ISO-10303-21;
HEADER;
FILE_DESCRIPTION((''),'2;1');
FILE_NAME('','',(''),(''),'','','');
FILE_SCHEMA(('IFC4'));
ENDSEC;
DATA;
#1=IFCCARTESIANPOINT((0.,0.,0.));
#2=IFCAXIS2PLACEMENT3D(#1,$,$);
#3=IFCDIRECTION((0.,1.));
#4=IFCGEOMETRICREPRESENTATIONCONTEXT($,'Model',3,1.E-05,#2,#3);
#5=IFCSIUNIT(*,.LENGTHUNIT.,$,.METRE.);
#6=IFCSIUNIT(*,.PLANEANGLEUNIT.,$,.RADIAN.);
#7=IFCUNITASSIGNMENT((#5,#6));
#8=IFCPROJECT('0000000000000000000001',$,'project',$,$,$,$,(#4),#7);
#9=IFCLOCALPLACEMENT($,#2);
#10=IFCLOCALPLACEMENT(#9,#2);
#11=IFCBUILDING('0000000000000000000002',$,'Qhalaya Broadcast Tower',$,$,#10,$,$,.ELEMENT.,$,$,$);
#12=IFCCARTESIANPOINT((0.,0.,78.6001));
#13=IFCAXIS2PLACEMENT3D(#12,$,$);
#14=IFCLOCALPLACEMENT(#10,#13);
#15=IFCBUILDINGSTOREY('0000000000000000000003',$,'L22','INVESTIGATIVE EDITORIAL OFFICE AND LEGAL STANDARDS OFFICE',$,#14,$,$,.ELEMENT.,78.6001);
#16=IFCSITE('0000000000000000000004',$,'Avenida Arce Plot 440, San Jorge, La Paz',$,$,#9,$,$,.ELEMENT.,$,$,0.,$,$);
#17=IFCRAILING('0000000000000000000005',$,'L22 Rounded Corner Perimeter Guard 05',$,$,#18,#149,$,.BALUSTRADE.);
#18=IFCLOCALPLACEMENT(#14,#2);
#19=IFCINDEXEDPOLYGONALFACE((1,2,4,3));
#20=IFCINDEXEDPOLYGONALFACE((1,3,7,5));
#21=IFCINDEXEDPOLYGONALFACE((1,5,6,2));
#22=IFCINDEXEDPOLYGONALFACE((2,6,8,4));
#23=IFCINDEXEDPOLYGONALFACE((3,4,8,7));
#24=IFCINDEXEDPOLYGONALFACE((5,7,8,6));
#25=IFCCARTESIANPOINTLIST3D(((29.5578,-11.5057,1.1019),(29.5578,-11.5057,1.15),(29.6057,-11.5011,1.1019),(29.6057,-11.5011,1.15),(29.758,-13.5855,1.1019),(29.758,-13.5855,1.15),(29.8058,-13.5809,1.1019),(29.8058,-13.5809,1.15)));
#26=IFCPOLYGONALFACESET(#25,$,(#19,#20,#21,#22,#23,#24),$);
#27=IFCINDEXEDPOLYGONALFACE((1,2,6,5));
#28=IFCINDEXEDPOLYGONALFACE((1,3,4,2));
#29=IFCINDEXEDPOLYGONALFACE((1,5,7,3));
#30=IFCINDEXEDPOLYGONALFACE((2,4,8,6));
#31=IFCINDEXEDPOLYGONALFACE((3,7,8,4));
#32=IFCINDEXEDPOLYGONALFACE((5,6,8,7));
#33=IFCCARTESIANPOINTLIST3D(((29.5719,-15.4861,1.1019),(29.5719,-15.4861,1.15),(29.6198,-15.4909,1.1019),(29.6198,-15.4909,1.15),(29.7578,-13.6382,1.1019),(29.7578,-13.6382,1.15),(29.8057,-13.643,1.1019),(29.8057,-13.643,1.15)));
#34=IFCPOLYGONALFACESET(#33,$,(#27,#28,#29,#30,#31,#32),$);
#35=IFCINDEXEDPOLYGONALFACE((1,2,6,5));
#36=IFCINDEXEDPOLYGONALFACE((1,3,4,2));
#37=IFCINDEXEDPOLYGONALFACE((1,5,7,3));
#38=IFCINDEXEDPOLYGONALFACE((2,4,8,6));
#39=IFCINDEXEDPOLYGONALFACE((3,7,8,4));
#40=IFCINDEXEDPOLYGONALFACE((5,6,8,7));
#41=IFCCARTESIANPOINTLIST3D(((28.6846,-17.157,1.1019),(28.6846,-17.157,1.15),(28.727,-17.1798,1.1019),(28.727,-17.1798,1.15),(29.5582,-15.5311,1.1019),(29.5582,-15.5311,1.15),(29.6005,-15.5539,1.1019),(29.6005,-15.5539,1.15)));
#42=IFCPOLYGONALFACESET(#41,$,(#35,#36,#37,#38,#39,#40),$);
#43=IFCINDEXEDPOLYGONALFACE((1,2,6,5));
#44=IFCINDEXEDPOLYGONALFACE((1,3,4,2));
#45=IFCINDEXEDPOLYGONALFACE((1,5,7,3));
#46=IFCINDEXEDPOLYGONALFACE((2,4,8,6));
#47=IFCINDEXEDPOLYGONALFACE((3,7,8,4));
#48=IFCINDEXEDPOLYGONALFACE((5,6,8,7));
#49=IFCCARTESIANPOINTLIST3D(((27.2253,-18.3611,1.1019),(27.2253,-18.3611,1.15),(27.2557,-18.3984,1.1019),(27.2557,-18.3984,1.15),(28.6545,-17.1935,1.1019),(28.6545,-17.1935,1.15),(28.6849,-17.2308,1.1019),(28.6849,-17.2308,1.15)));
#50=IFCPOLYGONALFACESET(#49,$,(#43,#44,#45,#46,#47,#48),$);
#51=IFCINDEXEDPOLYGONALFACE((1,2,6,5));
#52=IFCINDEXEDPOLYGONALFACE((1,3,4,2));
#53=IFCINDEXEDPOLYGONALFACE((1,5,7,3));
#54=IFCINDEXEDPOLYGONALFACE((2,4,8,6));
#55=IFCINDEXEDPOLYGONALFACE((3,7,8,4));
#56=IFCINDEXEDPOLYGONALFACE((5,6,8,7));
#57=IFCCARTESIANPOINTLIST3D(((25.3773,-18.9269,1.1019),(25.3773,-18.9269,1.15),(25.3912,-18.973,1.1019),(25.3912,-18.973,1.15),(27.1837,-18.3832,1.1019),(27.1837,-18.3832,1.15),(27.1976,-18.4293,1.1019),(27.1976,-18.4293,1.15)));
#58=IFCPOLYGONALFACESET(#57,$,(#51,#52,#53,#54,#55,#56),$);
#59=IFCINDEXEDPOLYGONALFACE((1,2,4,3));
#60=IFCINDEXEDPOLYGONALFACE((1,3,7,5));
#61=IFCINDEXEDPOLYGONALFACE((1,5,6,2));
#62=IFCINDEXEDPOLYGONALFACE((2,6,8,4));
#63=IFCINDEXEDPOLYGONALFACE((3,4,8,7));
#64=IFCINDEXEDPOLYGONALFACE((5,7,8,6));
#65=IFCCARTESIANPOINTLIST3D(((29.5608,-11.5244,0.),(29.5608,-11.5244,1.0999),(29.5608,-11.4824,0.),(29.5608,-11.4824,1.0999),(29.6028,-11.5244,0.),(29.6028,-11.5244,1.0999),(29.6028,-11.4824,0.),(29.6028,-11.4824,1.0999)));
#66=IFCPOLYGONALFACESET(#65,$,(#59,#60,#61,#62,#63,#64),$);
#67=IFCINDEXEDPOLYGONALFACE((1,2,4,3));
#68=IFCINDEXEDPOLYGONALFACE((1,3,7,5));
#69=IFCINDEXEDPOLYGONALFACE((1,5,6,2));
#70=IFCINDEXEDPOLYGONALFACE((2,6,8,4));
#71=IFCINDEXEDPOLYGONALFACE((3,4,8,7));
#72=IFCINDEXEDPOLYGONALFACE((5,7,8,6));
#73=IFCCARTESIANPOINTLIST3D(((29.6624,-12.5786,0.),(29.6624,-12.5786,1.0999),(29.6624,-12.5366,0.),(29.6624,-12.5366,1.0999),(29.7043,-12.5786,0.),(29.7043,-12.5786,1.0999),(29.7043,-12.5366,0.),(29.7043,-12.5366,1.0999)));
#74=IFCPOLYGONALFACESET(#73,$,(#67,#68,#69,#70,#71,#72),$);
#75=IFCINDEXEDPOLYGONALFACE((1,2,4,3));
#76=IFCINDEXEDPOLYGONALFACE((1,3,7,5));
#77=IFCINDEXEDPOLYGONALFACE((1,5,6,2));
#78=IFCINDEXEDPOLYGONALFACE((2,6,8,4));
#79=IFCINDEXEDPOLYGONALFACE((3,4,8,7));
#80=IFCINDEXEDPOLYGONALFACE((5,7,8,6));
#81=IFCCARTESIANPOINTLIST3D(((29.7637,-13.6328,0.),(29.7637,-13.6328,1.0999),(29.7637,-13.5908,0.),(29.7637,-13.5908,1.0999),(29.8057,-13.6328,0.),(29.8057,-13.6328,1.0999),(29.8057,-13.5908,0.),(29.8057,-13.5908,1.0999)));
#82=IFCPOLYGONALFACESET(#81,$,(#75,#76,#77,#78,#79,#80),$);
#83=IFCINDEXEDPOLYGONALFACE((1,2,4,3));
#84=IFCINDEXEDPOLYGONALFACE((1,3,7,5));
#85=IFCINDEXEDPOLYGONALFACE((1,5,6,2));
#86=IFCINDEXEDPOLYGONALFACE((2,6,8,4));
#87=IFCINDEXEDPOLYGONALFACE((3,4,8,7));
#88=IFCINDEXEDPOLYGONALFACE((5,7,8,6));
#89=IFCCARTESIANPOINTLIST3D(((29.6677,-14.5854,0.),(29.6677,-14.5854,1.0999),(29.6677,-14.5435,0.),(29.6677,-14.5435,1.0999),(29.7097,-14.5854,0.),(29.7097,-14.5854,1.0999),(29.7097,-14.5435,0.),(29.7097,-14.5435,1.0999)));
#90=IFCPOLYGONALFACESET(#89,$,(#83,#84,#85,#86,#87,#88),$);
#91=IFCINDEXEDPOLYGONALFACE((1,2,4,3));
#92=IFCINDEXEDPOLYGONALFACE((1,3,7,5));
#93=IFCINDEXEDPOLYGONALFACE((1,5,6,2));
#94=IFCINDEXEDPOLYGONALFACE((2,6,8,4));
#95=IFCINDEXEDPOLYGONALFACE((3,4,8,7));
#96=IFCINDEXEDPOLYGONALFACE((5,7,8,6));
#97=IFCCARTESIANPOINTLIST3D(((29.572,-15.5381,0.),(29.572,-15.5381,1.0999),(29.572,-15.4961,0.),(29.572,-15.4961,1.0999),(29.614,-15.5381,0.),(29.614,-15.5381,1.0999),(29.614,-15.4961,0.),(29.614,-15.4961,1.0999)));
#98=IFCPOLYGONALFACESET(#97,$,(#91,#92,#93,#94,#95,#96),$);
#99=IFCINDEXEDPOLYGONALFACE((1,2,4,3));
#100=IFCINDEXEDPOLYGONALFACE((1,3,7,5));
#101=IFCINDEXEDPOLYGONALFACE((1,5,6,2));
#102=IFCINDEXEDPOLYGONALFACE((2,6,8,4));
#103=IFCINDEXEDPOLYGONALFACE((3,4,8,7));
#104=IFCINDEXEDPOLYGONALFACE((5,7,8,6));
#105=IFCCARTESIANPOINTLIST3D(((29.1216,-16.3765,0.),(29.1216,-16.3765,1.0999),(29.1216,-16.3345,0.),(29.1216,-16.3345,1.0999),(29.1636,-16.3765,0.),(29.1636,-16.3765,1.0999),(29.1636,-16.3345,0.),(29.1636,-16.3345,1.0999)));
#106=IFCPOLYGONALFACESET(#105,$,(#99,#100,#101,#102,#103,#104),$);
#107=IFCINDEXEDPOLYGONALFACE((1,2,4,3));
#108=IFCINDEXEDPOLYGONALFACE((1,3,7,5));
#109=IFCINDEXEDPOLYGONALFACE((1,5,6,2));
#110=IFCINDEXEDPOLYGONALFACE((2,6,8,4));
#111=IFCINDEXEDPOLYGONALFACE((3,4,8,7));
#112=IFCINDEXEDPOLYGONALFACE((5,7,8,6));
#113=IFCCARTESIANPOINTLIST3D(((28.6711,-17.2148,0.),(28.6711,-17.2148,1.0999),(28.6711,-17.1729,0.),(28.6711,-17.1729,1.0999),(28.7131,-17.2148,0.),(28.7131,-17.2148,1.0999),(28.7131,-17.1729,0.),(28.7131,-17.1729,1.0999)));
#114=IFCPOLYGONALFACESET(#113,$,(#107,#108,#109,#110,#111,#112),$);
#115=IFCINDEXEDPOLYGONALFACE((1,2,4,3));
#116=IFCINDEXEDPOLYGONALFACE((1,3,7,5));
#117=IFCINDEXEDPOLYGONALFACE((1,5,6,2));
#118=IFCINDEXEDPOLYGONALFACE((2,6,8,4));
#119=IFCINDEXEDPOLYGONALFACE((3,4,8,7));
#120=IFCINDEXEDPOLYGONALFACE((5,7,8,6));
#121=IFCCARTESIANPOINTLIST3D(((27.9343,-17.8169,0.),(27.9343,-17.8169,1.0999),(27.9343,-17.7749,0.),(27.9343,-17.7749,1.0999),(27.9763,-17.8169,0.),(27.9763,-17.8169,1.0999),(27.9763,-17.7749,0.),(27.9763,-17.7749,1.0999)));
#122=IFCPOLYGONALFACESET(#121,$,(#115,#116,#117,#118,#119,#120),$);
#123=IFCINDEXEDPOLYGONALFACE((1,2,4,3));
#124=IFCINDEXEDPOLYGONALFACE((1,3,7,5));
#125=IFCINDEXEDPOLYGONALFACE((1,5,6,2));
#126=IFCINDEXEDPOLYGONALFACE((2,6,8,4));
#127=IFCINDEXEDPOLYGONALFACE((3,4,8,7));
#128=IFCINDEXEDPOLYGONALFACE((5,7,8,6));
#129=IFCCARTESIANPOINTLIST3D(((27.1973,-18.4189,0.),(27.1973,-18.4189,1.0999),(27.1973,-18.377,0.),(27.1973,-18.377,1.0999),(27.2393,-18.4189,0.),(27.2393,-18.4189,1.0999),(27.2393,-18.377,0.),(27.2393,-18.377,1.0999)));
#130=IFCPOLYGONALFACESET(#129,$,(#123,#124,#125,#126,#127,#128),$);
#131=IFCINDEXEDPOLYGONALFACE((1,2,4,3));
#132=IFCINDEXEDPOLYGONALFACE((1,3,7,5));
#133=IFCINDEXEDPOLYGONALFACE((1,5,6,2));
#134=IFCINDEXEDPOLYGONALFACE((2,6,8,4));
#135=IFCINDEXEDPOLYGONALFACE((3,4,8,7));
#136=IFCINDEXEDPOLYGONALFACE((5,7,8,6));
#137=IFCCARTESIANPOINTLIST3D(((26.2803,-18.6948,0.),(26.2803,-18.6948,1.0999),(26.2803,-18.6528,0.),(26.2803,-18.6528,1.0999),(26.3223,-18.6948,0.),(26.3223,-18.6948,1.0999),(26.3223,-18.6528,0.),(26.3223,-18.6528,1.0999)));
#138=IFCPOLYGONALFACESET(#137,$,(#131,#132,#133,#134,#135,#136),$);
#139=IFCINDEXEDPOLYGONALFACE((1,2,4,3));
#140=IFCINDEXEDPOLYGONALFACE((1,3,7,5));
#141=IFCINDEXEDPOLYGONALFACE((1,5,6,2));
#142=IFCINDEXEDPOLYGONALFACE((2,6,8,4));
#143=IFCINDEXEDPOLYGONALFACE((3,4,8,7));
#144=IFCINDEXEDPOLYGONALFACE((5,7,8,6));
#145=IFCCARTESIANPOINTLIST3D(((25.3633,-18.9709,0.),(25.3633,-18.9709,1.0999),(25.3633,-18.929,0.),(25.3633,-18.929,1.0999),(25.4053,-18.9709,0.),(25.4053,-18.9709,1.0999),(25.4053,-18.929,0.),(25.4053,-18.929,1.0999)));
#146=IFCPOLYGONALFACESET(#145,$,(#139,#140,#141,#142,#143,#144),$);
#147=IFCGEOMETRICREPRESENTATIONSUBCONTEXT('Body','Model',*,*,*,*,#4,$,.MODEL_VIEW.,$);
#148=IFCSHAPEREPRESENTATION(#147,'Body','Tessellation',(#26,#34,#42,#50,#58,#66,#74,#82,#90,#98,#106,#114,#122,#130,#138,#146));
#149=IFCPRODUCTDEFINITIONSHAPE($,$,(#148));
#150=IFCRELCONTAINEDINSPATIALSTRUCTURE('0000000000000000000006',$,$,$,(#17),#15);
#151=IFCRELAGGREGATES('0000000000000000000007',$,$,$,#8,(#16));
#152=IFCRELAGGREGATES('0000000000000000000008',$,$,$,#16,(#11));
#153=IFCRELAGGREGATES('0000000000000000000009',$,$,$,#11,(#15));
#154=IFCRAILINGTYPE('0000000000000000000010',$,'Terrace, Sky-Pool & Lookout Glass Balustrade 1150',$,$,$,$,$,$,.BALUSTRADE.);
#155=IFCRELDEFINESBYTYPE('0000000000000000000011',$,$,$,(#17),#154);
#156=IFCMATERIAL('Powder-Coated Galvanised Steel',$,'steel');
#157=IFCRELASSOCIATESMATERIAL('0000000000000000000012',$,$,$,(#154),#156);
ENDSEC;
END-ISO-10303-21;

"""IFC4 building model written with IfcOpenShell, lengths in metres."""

from ifc_helpers import new_model, si_unit, direction, frame, origin, origin_2d, place, context, subcontext, project, spatial, rectangle, extrude, material, type_object, element, save


model = new_model("IFC4")

# Units and contexts
model_context = context("Model", 3, precision=1e-05, world=origin(), true_north=direction((0.0, 1.0)))
body_context = subcontext(model_context, "Body", "Model", "MODEL_VIEW")
ifc_project = project(units=[si_unit("LENGTHUNIT", "METRE"), si_unit("PLANEANGLEUNIT", "RADIAN")], contexts=[model_context])

# Site, building, storey
site_placement = place(None, origin())
site = spatial("IfcSite", under=ifc_project, at=site_placement, Name="Avenida Arce Plot 440, San Jorge, La Paz", CompositionType="ELEMENT", RefElevation=0.0)
building_placement = place(site_placement, origin())
building = spatial("IfcBuilding", under=site, at=building_placement, Name="Qhalaya Broadcast Tower", CompositionType="ELEMENT")
storey_placement = place(building_placement, frame((0.0, 0.0, 78.6001)))
storey = spatial("IfcBuildingStorey", under=building, at=storey_placement, Name="L22", Description="INVESTIGATIVE EDITORIAL OFFICE AND LEGAL STANDARDS OFFICE", CompositionType="ELEMENT", Elevation=78.6001)

# Railing
ifc_material_1 = material(Name="Powder-Coated Galvanised Steel", Category="steel")
railing_type = type_object("IfcRailingType", Name="Terrace, Sky-Pool & Lookout Glass Balustrade 1150", PredefinedType="BALUSTRADE", material=ifc_material_1)
railing_placement = place(storey_placement, frame((29.5818, -11.5034, 0.0)))
element("IfcRailing", 1, at=railing_placement, inside=storey, type_object=railing_type, Name="L22 Rounded Corner Perimeter Guard 05", PredefinedType="BALUSTRADE", context=body_context, shape_type="SweptSolid", body=[
    extrude(rectangle(XDim=0.0481, YDim=0.0481, at=origin_2d()), frame((0.0, 0.0, 1.126), z_axis=(0.095783, -0.995402, 0.0), x_axis=(0.995402, 0.095783, 0.0)), (0.0, 0.0, 1.0), 2.0894),
    extrude(rectangle(XDim=0.0481, YDim=0.0481, at=origin_2d()), frame((0.2, -2.1372, 1.126), z_axis=(-0.100084, -0.994979, 0.0), x_axis=(0.994979, -0.100084, 0.0)), (0.0, 0.0, 1.0), 1.8572),
    extrude(rectangle(XDim=0.0481, YDim=0.0481, at=origin_2d()), frame((-0.0024, -4.0391, 1.126), z_axis=(-0.473289, -0.880907, 0.0), x_axis=(0.880907, -0.473289, 0.0)), (0.0, 0.0, 1.0), 1.8457),
    extrude(rectangle(XDim=0.0481, YDim=0.0481, at=origin_2d()), frame((-0.9121, -5.7087, 1.126), z_axis=(-0.77442, -0.632672, 0.0), x_axis=(0.632672, -0.77442, 0.0)), (0.0, 0.0, 1.0), 1.8455),
    extrude(rectangle(XDim=0.0481, YDim=0.0481, at=origin_2d()), frame((-2.3911, -6.9028, 1.126), z_axis=(-0.957566, -0.288213, 0.0), x_axis=(0.288213, -0.957566, 0.0)), (0.0, 0.0, 1.0), 1.8865),
    extrude(rectangle(XDim=0.042, YDim=0.042, at=origin_2d()), origin(), (0.0, 0.0, 1.0), 1.0999),
    extrude(rectangle(XDim=0.042, YDim=0.042, at=origin_2d()), frame((0.1016, -1.0542, 0.0)), (0.0, 0.0, 1.0), 1.0999),
    extrude(rectangle(XDim=0.042, YDim=0.042, at=origin_2d()), frame((0.2029, -2.1084, 0.0)), (0.0, 0.0, 1.0), 1.0999),
    extrude(rectangle(XDim=0.042, YDim=0.042, at=origin_2d()), frame((0.1069, -3.061, 0.0)), (0.0, 0.0, 1.0), 1.0999),
    extrude(rectangle(XDim=0.042, YDim=0.042, at=origin_2d()), frame((0.0112, -4.0137, 0.0)), (0.0, 0.0, 1.0), 1.0999),
    extrude(rectangle(XDim=0.042, YDim=0.042, at=origin_2d()), frame((-0.4392, -4.8521, 0.0)), (0.0, 0.0, 1.0), 1.0999),
    extrude(rectangle(XDim=0.042, YDim=0.042, at=origin_2d()), frame((-0.8896, -5.6904, 0.0)), (0.0, 0.0, 1.0), 1.0999),
    extrude(rectangle(XDim=0.042, YDim=0.042, at=origin_2d()), frame((-1.6265, -6.2925, 0.0)), (0.0, 0.0, 1.0), 1.0999),
    extrude(rectangle(XDim=0.042, YDim=0.042, at=origin_2d()), frame((-2.3635, -6.8945, 0.0)), (0.0, 0.0, 1.0), 1.0999),
    extrude(rectangle(XDim=0.042, YDim=0.042, at=origin_2d()), frame((-3.2805, -7.1704, 0.0)), (0.0, 0.0, 1.0), 1.0999),
    extrude(rectangle(XDim=0.042, YDim=0.042, at=origin_2d()), frame((-4.1975, -7.4465, 0.0)), (0.0, 0.0, 1.0), 1.0999),
])

save(model, "model.ifc")
